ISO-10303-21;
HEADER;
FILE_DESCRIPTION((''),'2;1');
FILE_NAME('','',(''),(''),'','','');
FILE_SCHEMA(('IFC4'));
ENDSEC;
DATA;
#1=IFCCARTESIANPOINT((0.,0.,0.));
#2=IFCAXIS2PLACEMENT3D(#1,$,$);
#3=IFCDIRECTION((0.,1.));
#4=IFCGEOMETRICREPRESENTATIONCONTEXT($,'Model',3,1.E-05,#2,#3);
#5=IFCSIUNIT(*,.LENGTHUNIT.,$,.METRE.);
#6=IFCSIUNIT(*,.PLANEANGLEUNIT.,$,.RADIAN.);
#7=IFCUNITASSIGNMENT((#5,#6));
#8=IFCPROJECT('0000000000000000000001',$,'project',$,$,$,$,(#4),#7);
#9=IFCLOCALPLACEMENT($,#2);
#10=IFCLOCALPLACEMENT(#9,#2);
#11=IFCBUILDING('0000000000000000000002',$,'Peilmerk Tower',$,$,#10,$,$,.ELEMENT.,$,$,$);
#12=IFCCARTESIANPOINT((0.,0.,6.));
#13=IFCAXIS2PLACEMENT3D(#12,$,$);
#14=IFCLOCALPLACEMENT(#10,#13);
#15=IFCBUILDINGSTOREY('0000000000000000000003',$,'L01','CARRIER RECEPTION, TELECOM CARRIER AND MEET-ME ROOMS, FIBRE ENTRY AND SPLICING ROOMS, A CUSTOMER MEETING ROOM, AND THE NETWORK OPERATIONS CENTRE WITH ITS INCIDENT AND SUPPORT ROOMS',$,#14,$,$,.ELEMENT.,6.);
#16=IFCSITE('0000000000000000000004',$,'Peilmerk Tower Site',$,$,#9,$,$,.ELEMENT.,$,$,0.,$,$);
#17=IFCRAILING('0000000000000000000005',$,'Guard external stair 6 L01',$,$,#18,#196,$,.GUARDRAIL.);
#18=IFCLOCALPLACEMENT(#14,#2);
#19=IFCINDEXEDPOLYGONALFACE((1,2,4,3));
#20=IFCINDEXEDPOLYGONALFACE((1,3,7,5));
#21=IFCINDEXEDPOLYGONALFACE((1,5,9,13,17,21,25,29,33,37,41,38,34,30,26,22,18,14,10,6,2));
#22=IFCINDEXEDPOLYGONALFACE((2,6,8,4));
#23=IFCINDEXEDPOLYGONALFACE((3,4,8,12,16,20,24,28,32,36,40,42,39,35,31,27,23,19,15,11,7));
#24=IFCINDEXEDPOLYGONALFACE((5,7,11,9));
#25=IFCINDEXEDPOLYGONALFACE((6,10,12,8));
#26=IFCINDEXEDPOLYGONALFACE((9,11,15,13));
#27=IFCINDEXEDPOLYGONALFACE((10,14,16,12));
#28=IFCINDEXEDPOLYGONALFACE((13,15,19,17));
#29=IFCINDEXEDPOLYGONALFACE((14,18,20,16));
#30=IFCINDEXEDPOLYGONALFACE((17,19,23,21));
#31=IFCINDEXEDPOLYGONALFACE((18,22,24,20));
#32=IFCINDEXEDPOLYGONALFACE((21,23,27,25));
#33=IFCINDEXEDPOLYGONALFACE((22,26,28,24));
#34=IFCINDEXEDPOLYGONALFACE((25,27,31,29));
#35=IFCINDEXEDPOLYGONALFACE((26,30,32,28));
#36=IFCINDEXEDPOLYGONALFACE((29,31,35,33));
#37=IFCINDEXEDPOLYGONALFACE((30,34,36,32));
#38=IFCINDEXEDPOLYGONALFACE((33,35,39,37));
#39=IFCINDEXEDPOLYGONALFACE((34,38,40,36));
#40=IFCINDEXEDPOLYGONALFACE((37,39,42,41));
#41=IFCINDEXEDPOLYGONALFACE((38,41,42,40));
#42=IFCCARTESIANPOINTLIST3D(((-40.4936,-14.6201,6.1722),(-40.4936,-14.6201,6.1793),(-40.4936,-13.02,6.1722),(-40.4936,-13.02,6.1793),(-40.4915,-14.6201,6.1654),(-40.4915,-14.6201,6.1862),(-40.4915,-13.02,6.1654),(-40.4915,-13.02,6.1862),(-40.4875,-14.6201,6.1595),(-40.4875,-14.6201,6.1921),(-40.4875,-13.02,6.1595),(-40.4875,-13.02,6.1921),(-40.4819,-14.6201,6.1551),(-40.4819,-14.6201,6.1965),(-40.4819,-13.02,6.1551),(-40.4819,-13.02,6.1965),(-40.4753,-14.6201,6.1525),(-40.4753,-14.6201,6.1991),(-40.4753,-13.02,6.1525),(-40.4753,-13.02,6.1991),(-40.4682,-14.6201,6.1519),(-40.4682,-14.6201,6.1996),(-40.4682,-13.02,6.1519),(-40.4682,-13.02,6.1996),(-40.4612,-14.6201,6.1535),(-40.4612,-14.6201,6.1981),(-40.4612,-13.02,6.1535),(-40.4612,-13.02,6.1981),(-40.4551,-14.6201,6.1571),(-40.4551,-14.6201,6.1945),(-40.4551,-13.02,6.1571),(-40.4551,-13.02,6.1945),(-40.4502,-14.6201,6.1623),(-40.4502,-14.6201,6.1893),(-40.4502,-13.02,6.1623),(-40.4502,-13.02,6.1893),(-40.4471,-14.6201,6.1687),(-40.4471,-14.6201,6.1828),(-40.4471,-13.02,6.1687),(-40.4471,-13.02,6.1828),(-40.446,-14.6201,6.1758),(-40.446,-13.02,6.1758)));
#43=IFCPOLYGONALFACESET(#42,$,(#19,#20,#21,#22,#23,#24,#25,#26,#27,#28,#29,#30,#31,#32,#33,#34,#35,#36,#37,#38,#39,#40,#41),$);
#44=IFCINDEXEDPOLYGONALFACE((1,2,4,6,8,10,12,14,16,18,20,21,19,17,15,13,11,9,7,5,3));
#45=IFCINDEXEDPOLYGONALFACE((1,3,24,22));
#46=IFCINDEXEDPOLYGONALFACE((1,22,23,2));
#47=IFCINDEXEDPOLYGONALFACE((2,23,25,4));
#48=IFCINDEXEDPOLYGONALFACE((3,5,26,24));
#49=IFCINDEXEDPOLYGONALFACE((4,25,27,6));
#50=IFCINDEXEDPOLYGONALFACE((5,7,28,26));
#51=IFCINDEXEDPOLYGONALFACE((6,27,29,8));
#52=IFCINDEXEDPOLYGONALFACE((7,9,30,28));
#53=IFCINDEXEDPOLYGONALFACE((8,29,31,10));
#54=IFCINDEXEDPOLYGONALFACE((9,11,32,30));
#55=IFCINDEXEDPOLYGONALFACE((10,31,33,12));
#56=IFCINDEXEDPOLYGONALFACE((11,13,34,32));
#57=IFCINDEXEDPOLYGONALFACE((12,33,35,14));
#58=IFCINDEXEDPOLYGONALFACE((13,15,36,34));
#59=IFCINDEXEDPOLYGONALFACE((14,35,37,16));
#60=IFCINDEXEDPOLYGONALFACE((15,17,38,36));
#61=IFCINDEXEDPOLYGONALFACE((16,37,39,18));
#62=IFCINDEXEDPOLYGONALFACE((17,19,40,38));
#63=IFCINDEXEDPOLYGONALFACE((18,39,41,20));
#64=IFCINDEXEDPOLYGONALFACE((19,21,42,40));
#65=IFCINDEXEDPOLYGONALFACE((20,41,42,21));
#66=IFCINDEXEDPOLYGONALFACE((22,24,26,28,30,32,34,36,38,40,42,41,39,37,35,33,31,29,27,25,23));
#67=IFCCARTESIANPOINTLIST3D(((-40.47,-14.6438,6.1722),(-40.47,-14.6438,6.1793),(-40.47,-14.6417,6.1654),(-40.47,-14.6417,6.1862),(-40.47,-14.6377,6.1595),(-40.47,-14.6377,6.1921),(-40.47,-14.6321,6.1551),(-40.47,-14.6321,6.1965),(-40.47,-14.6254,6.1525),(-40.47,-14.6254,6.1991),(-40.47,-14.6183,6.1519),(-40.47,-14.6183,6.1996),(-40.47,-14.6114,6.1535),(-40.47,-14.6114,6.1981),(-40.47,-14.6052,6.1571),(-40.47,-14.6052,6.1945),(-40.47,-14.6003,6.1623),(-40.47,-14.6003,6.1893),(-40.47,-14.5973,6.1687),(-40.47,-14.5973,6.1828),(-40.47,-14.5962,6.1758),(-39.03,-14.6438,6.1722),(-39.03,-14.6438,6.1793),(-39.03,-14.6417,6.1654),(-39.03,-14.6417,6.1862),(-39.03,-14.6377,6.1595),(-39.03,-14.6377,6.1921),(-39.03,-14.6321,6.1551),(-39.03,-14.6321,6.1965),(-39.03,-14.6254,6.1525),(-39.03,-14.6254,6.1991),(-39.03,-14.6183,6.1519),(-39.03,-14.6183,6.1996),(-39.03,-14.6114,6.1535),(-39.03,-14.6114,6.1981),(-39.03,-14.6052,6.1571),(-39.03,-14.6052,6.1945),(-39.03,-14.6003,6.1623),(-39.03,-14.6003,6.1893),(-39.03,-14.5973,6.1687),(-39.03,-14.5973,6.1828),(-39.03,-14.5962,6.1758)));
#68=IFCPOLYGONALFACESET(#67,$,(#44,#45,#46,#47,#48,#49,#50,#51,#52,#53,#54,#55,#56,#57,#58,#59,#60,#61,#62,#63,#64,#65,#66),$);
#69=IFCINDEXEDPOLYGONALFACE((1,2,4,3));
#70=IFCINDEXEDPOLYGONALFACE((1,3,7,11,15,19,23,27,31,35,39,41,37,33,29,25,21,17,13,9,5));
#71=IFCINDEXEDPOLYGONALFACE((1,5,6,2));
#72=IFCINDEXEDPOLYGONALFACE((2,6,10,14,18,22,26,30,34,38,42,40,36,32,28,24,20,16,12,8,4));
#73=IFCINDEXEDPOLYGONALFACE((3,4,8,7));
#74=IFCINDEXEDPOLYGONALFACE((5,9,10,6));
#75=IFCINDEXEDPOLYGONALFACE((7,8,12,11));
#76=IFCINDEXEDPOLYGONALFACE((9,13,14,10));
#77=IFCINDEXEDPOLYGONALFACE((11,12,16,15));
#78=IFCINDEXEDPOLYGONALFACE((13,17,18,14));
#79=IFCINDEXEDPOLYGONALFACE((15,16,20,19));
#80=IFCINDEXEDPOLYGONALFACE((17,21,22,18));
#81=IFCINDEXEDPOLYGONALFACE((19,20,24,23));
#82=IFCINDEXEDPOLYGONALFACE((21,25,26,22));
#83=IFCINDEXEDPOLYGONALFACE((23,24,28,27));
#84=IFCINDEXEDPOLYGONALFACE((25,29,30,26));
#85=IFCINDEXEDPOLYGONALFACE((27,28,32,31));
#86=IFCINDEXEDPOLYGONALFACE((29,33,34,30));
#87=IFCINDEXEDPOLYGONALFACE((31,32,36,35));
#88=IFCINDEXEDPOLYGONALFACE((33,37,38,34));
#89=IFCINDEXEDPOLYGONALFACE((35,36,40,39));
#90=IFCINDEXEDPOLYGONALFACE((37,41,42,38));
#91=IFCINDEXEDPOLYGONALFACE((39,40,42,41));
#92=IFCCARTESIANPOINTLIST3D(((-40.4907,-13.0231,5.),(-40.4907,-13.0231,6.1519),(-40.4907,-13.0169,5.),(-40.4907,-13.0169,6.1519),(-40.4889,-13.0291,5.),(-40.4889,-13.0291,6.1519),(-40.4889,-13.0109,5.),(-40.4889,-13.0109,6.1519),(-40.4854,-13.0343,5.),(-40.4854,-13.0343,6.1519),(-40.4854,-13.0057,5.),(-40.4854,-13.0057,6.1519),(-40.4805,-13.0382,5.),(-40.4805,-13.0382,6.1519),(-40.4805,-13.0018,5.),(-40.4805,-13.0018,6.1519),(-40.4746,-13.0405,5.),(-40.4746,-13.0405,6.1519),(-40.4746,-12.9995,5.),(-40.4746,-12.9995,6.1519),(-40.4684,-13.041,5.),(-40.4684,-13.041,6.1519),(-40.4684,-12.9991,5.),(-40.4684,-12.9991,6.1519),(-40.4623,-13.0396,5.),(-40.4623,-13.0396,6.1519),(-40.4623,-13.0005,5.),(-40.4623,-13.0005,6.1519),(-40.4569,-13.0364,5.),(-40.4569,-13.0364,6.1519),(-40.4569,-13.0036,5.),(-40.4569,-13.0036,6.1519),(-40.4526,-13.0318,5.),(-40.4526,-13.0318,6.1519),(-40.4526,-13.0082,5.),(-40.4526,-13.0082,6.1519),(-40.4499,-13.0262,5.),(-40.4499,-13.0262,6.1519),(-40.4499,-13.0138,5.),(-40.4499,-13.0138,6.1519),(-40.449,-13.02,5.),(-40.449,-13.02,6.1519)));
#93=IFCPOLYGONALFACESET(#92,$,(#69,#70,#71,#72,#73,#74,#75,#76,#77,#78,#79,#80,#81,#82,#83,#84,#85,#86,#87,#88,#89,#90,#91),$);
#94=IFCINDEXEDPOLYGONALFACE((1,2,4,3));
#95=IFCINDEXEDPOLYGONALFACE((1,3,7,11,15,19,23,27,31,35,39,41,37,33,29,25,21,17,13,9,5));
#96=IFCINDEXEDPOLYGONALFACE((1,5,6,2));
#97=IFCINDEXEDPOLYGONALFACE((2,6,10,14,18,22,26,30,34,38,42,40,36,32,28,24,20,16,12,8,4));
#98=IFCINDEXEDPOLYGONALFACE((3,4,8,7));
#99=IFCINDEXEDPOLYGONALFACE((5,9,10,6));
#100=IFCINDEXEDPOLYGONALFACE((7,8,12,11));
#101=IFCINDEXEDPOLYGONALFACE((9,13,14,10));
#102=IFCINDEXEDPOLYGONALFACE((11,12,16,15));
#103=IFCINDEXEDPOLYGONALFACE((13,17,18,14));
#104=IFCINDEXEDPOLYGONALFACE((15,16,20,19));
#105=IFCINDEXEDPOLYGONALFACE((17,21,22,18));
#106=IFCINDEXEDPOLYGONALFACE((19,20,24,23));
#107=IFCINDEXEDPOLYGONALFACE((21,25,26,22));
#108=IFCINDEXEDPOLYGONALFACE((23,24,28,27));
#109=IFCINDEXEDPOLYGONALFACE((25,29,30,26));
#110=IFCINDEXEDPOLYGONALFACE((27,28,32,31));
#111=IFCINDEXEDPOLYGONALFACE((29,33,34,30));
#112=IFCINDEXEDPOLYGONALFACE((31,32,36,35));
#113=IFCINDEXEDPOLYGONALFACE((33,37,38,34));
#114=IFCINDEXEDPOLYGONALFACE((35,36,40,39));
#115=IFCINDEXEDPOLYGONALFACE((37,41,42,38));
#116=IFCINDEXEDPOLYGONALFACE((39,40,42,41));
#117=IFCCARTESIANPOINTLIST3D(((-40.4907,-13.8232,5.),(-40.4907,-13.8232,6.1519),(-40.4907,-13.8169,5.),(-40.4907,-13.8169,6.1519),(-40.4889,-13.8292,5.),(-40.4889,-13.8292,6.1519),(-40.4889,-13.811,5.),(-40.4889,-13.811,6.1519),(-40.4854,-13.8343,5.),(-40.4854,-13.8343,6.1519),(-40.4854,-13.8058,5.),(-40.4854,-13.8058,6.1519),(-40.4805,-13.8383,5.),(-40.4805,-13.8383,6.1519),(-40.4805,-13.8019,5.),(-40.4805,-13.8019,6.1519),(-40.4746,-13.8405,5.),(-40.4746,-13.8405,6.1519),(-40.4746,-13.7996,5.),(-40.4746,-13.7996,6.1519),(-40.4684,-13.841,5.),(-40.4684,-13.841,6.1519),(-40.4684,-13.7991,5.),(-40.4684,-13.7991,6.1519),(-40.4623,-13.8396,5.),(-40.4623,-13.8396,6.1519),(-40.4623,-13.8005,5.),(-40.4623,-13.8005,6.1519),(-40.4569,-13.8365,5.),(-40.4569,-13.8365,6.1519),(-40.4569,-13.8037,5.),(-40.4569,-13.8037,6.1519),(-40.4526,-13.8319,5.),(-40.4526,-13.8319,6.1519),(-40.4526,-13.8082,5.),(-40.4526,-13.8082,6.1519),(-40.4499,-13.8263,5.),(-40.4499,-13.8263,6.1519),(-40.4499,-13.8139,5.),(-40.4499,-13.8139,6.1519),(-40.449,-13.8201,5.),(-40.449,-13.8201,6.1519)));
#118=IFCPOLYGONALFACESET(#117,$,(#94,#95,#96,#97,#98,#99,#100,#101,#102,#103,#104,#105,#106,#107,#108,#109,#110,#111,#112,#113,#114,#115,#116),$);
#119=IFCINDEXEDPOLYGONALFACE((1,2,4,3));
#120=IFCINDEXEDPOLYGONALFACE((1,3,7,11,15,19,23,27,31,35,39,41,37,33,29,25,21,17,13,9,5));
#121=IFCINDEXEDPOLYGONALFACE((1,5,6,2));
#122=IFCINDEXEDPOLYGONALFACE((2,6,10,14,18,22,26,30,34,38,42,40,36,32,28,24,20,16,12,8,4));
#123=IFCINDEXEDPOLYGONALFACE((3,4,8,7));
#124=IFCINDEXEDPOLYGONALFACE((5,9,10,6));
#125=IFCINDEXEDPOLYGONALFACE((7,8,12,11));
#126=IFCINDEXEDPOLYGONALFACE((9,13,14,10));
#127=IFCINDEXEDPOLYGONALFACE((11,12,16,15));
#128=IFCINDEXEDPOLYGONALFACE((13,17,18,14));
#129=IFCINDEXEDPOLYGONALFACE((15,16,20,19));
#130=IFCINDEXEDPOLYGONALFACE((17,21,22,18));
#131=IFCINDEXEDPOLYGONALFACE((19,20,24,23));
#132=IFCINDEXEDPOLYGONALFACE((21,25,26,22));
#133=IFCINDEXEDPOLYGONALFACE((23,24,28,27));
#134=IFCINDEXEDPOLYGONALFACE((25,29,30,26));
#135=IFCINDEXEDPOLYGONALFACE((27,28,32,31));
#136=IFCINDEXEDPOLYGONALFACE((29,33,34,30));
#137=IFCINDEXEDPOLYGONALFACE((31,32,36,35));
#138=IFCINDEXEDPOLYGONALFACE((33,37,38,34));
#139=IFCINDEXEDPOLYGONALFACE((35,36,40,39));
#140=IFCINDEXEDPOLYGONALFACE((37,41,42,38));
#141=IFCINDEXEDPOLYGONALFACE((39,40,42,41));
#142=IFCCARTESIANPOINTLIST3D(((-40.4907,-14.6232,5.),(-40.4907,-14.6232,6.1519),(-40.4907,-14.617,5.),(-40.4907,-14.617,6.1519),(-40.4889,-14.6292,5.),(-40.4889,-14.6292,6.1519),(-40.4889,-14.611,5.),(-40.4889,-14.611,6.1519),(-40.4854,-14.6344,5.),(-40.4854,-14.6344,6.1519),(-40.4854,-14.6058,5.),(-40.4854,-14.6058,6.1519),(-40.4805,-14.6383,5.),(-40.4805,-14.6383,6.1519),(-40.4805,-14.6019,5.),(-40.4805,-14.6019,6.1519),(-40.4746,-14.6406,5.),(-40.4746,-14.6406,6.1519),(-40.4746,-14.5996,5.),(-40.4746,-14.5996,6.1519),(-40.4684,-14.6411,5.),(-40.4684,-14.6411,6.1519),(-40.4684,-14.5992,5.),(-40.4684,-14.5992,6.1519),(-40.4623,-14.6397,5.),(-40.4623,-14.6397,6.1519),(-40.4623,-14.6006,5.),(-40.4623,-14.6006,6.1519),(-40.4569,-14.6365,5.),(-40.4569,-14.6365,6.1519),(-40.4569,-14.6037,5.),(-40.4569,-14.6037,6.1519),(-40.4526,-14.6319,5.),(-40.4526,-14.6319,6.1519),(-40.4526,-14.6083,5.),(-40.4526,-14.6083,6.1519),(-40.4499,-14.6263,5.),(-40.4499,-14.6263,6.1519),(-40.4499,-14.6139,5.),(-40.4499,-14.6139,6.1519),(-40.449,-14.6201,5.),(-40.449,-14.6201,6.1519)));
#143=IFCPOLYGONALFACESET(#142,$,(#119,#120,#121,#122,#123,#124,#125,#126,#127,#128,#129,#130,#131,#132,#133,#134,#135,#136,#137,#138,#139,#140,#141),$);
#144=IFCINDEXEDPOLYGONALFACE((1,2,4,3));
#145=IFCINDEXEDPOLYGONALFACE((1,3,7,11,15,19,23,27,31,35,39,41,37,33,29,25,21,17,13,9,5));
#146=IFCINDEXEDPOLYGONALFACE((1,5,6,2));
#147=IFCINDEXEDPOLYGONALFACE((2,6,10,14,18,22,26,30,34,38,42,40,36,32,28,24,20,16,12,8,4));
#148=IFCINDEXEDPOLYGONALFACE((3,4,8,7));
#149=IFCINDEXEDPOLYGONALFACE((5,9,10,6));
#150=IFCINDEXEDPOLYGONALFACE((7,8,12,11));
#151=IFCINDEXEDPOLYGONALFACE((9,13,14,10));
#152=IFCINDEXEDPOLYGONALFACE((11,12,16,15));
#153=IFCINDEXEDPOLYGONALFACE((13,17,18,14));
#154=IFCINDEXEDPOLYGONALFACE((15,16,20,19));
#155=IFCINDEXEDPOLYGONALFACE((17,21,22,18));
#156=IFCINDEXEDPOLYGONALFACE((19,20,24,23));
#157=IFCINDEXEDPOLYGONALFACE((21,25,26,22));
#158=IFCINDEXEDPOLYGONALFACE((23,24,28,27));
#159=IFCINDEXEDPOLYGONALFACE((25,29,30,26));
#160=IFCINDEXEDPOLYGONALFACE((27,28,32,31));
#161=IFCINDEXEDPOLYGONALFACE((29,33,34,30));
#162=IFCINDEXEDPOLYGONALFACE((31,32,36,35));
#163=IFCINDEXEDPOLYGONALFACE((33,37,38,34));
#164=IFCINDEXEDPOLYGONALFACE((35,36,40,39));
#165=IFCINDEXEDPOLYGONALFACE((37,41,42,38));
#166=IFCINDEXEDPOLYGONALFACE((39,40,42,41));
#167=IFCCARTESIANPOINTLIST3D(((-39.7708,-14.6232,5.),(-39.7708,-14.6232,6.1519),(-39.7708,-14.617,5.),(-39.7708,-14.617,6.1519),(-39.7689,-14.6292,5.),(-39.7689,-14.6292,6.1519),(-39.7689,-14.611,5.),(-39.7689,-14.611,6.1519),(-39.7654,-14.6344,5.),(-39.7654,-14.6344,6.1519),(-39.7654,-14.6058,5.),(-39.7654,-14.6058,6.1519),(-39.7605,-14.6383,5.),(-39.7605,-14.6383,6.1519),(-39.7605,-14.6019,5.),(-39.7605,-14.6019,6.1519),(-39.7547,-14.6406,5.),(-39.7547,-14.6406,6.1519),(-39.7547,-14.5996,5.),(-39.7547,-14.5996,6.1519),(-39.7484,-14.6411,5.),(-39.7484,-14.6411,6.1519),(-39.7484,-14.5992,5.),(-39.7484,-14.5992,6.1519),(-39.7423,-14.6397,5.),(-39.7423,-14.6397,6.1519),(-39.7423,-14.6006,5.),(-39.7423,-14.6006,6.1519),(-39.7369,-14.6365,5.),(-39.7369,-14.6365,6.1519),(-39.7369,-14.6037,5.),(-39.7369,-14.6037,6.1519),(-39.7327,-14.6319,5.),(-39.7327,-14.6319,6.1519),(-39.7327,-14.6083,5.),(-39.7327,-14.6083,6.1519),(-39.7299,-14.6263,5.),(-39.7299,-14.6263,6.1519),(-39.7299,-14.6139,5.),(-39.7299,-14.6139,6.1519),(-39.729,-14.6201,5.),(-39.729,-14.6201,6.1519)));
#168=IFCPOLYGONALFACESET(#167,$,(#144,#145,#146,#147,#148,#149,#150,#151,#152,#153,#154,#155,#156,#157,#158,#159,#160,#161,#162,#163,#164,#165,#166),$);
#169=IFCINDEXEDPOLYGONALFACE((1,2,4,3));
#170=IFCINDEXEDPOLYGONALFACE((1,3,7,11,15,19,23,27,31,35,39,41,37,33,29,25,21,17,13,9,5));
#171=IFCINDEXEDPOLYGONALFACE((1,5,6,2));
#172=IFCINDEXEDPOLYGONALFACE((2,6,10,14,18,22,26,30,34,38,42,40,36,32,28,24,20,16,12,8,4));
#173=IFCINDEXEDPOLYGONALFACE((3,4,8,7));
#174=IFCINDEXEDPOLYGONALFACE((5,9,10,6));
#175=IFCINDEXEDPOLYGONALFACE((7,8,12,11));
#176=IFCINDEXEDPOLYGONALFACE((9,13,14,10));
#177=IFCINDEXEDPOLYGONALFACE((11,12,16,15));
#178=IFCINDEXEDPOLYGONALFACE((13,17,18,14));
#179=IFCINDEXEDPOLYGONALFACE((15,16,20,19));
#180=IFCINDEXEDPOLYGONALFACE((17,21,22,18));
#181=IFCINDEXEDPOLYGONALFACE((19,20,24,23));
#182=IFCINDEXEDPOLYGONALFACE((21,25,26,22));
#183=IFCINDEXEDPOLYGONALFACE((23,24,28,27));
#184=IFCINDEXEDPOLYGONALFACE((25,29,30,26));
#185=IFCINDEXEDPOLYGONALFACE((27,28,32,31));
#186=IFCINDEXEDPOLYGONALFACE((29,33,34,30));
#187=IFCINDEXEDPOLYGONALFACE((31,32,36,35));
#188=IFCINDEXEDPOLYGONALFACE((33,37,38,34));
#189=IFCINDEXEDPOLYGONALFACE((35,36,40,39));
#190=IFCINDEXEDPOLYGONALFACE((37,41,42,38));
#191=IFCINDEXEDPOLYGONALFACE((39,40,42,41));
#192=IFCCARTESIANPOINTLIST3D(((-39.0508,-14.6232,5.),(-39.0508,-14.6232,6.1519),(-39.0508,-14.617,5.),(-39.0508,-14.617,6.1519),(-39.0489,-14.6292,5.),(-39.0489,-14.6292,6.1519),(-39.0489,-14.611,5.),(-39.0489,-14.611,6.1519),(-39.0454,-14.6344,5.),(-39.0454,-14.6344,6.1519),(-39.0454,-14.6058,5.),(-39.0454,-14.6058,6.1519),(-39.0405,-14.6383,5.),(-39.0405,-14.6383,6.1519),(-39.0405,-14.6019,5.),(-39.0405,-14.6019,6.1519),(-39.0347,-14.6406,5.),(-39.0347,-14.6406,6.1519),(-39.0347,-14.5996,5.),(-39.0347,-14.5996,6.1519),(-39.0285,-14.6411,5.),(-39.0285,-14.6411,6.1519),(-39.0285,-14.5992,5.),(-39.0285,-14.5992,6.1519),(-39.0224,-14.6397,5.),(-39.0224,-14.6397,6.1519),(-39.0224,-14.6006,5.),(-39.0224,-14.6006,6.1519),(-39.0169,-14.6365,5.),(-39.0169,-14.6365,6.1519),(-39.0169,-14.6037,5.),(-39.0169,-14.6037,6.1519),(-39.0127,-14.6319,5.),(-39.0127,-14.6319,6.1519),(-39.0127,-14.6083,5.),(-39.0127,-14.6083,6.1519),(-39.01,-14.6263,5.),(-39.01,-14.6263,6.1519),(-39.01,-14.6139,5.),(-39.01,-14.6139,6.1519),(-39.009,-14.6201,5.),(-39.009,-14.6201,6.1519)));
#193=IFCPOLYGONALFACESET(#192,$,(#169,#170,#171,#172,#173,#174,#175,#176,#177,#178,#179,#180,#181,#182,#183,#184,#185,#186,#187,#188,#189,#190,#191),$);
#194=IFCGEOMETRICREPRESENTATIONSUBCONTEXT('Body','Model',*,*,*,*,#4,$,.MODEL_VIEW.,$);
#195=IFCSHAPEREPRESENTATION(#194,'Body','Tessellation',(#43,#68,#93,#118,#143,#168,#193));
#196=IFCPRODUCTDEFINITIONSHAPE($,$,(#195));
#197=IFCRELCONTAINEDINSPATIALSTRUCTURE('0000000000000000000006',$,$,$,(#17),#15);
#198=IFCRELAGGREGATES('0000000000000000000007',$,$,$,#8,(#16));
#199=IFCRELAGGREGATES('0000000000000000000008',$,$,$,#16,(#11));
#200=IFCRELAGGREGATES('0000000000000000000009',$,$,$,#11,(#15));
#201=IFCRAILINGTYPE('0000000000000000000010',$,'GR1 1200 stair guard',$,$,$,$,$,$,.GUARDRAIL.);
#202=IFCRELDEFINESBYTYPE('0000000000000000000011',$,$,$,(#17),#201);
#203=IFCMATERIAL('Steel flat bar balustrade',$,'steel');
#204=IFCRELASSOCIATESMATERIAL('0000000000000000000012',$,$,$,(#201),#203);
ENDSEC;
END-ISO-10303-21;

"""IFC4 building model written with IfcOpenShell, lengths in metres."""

from ifc_helpers import new_model, si_unit, direction, frame, origin, origin_2d, place, context, subcontext, project, spatial, circle, extrude, material, type_object, element, save


model = new_model("IFC4")

# Units and contexts
model_context = context("Model", 3, precision=1e-05, world=origin(), true_north=direction((0.0, 1.0)))
body_context = subcontext(model_context, "Body", "Model", "MODEL_VIEW")
ifc_project = project(units=[si_unit("LENGTHUNIT", "METRE"), si_unit("PLANEANGLEUNIT", "RADIAN")], contexts=[model_context])

# Site, building, storey
site_placement = place(None, origin())
site = spatial("IfcSite", under=ifc_project, at=site_placement, Name="Peilmerk Tower Site", CompositionType="ELEMENT", RefElevation=0.0)
building_placement = place(site_placement, origin())
building = spatial("IfcBuilding", under=site, at=building_placement, Name="Peilmerk Tower", CompositionType="ELEMENT")
storey_placement = place(building_placement, frame((0.0, 0.0, 6.0)))
storey = spatial("IfcBuildingStorey", under=building, at=storey_placement, Name="L01", Description="CARRIER RECEPTION, TELECOM CARRIER AND MEET-ME ROOMS, FIBRE ENTRY AND SPLICING ROOMS, A CUSTOMER MEETING ROOM, AND THE NETWORK OPERATIONS CENTRE WITH ITS INCIDENT AND SUPPORT ROOMS", CompositionType="ELEMENT", Elevation=6.0)

# Railing
ifc_material_1 = material(Name="Steel flat bar balustrade", Category="steel")
railing_type = type_object("IfcRailingType", Name="GR1 1200 stair guard", PredefinedType="GUARDRAIL", material=ifc_material_1)
railing_placement = place(storey_placement, frame((-40.47, -13.02, 5.0)))
element("IfcRailing", 1, at=railing_placement, inside=storey, type_object=railing_type, Name="Guard external stair 6 L01", PredefinedType="GUARDRAIL", context=body_context, shape_type="SweptSolid", body=[
    extrude(circle(Radius=0.0239, at=origin_2d()), frame((0.0, 0.0, 1.1758), z_axis=(0.0, -1.0, 0.0), x_axis=(1.0, 0.0, 0.0)), (0.0, 0.0, 1.0), 1.6001),
    extrude(circle(Radius=0.0239, at=origin_2d()), frame((0.0, -1.6001, 1.1758), z_axis=(1.0, 0.0, 0.0), x_axis=(0.0, 1.0, 0.0)), (0.0, 0.0, 1.0), 1.4399),
    extrude(circle(Radius=0.021, at=origin_2d()), origin(), (0.0, 0.0, 1.0), 1.1519),
    extrude(circle(Radius=0.021, at=origin_2d()), frame((0.0, -0.8, 0.0)), (0.0, 0.0, 1.0), 1.1519),
    extrude(circle(Radius=0.021, at=origin_2d()), frame((0.0, -1.6001, 0.0)), (0.0, 0.0, 1.0), 1.1519),
    extrude(circle(Radius=0.021, at=origin_2d()), frame((0.72, -1.6001, 0.0)), (0.0, 0.0, 1.0), 1.1519),
    extrude(circle(Radius=0.021, at=origin_2d()), frame((1.4399, -1.6001, 0.0)), (0.0, 0.0, 1.0), 1.1519),
])

save(model, "model.ifc")
